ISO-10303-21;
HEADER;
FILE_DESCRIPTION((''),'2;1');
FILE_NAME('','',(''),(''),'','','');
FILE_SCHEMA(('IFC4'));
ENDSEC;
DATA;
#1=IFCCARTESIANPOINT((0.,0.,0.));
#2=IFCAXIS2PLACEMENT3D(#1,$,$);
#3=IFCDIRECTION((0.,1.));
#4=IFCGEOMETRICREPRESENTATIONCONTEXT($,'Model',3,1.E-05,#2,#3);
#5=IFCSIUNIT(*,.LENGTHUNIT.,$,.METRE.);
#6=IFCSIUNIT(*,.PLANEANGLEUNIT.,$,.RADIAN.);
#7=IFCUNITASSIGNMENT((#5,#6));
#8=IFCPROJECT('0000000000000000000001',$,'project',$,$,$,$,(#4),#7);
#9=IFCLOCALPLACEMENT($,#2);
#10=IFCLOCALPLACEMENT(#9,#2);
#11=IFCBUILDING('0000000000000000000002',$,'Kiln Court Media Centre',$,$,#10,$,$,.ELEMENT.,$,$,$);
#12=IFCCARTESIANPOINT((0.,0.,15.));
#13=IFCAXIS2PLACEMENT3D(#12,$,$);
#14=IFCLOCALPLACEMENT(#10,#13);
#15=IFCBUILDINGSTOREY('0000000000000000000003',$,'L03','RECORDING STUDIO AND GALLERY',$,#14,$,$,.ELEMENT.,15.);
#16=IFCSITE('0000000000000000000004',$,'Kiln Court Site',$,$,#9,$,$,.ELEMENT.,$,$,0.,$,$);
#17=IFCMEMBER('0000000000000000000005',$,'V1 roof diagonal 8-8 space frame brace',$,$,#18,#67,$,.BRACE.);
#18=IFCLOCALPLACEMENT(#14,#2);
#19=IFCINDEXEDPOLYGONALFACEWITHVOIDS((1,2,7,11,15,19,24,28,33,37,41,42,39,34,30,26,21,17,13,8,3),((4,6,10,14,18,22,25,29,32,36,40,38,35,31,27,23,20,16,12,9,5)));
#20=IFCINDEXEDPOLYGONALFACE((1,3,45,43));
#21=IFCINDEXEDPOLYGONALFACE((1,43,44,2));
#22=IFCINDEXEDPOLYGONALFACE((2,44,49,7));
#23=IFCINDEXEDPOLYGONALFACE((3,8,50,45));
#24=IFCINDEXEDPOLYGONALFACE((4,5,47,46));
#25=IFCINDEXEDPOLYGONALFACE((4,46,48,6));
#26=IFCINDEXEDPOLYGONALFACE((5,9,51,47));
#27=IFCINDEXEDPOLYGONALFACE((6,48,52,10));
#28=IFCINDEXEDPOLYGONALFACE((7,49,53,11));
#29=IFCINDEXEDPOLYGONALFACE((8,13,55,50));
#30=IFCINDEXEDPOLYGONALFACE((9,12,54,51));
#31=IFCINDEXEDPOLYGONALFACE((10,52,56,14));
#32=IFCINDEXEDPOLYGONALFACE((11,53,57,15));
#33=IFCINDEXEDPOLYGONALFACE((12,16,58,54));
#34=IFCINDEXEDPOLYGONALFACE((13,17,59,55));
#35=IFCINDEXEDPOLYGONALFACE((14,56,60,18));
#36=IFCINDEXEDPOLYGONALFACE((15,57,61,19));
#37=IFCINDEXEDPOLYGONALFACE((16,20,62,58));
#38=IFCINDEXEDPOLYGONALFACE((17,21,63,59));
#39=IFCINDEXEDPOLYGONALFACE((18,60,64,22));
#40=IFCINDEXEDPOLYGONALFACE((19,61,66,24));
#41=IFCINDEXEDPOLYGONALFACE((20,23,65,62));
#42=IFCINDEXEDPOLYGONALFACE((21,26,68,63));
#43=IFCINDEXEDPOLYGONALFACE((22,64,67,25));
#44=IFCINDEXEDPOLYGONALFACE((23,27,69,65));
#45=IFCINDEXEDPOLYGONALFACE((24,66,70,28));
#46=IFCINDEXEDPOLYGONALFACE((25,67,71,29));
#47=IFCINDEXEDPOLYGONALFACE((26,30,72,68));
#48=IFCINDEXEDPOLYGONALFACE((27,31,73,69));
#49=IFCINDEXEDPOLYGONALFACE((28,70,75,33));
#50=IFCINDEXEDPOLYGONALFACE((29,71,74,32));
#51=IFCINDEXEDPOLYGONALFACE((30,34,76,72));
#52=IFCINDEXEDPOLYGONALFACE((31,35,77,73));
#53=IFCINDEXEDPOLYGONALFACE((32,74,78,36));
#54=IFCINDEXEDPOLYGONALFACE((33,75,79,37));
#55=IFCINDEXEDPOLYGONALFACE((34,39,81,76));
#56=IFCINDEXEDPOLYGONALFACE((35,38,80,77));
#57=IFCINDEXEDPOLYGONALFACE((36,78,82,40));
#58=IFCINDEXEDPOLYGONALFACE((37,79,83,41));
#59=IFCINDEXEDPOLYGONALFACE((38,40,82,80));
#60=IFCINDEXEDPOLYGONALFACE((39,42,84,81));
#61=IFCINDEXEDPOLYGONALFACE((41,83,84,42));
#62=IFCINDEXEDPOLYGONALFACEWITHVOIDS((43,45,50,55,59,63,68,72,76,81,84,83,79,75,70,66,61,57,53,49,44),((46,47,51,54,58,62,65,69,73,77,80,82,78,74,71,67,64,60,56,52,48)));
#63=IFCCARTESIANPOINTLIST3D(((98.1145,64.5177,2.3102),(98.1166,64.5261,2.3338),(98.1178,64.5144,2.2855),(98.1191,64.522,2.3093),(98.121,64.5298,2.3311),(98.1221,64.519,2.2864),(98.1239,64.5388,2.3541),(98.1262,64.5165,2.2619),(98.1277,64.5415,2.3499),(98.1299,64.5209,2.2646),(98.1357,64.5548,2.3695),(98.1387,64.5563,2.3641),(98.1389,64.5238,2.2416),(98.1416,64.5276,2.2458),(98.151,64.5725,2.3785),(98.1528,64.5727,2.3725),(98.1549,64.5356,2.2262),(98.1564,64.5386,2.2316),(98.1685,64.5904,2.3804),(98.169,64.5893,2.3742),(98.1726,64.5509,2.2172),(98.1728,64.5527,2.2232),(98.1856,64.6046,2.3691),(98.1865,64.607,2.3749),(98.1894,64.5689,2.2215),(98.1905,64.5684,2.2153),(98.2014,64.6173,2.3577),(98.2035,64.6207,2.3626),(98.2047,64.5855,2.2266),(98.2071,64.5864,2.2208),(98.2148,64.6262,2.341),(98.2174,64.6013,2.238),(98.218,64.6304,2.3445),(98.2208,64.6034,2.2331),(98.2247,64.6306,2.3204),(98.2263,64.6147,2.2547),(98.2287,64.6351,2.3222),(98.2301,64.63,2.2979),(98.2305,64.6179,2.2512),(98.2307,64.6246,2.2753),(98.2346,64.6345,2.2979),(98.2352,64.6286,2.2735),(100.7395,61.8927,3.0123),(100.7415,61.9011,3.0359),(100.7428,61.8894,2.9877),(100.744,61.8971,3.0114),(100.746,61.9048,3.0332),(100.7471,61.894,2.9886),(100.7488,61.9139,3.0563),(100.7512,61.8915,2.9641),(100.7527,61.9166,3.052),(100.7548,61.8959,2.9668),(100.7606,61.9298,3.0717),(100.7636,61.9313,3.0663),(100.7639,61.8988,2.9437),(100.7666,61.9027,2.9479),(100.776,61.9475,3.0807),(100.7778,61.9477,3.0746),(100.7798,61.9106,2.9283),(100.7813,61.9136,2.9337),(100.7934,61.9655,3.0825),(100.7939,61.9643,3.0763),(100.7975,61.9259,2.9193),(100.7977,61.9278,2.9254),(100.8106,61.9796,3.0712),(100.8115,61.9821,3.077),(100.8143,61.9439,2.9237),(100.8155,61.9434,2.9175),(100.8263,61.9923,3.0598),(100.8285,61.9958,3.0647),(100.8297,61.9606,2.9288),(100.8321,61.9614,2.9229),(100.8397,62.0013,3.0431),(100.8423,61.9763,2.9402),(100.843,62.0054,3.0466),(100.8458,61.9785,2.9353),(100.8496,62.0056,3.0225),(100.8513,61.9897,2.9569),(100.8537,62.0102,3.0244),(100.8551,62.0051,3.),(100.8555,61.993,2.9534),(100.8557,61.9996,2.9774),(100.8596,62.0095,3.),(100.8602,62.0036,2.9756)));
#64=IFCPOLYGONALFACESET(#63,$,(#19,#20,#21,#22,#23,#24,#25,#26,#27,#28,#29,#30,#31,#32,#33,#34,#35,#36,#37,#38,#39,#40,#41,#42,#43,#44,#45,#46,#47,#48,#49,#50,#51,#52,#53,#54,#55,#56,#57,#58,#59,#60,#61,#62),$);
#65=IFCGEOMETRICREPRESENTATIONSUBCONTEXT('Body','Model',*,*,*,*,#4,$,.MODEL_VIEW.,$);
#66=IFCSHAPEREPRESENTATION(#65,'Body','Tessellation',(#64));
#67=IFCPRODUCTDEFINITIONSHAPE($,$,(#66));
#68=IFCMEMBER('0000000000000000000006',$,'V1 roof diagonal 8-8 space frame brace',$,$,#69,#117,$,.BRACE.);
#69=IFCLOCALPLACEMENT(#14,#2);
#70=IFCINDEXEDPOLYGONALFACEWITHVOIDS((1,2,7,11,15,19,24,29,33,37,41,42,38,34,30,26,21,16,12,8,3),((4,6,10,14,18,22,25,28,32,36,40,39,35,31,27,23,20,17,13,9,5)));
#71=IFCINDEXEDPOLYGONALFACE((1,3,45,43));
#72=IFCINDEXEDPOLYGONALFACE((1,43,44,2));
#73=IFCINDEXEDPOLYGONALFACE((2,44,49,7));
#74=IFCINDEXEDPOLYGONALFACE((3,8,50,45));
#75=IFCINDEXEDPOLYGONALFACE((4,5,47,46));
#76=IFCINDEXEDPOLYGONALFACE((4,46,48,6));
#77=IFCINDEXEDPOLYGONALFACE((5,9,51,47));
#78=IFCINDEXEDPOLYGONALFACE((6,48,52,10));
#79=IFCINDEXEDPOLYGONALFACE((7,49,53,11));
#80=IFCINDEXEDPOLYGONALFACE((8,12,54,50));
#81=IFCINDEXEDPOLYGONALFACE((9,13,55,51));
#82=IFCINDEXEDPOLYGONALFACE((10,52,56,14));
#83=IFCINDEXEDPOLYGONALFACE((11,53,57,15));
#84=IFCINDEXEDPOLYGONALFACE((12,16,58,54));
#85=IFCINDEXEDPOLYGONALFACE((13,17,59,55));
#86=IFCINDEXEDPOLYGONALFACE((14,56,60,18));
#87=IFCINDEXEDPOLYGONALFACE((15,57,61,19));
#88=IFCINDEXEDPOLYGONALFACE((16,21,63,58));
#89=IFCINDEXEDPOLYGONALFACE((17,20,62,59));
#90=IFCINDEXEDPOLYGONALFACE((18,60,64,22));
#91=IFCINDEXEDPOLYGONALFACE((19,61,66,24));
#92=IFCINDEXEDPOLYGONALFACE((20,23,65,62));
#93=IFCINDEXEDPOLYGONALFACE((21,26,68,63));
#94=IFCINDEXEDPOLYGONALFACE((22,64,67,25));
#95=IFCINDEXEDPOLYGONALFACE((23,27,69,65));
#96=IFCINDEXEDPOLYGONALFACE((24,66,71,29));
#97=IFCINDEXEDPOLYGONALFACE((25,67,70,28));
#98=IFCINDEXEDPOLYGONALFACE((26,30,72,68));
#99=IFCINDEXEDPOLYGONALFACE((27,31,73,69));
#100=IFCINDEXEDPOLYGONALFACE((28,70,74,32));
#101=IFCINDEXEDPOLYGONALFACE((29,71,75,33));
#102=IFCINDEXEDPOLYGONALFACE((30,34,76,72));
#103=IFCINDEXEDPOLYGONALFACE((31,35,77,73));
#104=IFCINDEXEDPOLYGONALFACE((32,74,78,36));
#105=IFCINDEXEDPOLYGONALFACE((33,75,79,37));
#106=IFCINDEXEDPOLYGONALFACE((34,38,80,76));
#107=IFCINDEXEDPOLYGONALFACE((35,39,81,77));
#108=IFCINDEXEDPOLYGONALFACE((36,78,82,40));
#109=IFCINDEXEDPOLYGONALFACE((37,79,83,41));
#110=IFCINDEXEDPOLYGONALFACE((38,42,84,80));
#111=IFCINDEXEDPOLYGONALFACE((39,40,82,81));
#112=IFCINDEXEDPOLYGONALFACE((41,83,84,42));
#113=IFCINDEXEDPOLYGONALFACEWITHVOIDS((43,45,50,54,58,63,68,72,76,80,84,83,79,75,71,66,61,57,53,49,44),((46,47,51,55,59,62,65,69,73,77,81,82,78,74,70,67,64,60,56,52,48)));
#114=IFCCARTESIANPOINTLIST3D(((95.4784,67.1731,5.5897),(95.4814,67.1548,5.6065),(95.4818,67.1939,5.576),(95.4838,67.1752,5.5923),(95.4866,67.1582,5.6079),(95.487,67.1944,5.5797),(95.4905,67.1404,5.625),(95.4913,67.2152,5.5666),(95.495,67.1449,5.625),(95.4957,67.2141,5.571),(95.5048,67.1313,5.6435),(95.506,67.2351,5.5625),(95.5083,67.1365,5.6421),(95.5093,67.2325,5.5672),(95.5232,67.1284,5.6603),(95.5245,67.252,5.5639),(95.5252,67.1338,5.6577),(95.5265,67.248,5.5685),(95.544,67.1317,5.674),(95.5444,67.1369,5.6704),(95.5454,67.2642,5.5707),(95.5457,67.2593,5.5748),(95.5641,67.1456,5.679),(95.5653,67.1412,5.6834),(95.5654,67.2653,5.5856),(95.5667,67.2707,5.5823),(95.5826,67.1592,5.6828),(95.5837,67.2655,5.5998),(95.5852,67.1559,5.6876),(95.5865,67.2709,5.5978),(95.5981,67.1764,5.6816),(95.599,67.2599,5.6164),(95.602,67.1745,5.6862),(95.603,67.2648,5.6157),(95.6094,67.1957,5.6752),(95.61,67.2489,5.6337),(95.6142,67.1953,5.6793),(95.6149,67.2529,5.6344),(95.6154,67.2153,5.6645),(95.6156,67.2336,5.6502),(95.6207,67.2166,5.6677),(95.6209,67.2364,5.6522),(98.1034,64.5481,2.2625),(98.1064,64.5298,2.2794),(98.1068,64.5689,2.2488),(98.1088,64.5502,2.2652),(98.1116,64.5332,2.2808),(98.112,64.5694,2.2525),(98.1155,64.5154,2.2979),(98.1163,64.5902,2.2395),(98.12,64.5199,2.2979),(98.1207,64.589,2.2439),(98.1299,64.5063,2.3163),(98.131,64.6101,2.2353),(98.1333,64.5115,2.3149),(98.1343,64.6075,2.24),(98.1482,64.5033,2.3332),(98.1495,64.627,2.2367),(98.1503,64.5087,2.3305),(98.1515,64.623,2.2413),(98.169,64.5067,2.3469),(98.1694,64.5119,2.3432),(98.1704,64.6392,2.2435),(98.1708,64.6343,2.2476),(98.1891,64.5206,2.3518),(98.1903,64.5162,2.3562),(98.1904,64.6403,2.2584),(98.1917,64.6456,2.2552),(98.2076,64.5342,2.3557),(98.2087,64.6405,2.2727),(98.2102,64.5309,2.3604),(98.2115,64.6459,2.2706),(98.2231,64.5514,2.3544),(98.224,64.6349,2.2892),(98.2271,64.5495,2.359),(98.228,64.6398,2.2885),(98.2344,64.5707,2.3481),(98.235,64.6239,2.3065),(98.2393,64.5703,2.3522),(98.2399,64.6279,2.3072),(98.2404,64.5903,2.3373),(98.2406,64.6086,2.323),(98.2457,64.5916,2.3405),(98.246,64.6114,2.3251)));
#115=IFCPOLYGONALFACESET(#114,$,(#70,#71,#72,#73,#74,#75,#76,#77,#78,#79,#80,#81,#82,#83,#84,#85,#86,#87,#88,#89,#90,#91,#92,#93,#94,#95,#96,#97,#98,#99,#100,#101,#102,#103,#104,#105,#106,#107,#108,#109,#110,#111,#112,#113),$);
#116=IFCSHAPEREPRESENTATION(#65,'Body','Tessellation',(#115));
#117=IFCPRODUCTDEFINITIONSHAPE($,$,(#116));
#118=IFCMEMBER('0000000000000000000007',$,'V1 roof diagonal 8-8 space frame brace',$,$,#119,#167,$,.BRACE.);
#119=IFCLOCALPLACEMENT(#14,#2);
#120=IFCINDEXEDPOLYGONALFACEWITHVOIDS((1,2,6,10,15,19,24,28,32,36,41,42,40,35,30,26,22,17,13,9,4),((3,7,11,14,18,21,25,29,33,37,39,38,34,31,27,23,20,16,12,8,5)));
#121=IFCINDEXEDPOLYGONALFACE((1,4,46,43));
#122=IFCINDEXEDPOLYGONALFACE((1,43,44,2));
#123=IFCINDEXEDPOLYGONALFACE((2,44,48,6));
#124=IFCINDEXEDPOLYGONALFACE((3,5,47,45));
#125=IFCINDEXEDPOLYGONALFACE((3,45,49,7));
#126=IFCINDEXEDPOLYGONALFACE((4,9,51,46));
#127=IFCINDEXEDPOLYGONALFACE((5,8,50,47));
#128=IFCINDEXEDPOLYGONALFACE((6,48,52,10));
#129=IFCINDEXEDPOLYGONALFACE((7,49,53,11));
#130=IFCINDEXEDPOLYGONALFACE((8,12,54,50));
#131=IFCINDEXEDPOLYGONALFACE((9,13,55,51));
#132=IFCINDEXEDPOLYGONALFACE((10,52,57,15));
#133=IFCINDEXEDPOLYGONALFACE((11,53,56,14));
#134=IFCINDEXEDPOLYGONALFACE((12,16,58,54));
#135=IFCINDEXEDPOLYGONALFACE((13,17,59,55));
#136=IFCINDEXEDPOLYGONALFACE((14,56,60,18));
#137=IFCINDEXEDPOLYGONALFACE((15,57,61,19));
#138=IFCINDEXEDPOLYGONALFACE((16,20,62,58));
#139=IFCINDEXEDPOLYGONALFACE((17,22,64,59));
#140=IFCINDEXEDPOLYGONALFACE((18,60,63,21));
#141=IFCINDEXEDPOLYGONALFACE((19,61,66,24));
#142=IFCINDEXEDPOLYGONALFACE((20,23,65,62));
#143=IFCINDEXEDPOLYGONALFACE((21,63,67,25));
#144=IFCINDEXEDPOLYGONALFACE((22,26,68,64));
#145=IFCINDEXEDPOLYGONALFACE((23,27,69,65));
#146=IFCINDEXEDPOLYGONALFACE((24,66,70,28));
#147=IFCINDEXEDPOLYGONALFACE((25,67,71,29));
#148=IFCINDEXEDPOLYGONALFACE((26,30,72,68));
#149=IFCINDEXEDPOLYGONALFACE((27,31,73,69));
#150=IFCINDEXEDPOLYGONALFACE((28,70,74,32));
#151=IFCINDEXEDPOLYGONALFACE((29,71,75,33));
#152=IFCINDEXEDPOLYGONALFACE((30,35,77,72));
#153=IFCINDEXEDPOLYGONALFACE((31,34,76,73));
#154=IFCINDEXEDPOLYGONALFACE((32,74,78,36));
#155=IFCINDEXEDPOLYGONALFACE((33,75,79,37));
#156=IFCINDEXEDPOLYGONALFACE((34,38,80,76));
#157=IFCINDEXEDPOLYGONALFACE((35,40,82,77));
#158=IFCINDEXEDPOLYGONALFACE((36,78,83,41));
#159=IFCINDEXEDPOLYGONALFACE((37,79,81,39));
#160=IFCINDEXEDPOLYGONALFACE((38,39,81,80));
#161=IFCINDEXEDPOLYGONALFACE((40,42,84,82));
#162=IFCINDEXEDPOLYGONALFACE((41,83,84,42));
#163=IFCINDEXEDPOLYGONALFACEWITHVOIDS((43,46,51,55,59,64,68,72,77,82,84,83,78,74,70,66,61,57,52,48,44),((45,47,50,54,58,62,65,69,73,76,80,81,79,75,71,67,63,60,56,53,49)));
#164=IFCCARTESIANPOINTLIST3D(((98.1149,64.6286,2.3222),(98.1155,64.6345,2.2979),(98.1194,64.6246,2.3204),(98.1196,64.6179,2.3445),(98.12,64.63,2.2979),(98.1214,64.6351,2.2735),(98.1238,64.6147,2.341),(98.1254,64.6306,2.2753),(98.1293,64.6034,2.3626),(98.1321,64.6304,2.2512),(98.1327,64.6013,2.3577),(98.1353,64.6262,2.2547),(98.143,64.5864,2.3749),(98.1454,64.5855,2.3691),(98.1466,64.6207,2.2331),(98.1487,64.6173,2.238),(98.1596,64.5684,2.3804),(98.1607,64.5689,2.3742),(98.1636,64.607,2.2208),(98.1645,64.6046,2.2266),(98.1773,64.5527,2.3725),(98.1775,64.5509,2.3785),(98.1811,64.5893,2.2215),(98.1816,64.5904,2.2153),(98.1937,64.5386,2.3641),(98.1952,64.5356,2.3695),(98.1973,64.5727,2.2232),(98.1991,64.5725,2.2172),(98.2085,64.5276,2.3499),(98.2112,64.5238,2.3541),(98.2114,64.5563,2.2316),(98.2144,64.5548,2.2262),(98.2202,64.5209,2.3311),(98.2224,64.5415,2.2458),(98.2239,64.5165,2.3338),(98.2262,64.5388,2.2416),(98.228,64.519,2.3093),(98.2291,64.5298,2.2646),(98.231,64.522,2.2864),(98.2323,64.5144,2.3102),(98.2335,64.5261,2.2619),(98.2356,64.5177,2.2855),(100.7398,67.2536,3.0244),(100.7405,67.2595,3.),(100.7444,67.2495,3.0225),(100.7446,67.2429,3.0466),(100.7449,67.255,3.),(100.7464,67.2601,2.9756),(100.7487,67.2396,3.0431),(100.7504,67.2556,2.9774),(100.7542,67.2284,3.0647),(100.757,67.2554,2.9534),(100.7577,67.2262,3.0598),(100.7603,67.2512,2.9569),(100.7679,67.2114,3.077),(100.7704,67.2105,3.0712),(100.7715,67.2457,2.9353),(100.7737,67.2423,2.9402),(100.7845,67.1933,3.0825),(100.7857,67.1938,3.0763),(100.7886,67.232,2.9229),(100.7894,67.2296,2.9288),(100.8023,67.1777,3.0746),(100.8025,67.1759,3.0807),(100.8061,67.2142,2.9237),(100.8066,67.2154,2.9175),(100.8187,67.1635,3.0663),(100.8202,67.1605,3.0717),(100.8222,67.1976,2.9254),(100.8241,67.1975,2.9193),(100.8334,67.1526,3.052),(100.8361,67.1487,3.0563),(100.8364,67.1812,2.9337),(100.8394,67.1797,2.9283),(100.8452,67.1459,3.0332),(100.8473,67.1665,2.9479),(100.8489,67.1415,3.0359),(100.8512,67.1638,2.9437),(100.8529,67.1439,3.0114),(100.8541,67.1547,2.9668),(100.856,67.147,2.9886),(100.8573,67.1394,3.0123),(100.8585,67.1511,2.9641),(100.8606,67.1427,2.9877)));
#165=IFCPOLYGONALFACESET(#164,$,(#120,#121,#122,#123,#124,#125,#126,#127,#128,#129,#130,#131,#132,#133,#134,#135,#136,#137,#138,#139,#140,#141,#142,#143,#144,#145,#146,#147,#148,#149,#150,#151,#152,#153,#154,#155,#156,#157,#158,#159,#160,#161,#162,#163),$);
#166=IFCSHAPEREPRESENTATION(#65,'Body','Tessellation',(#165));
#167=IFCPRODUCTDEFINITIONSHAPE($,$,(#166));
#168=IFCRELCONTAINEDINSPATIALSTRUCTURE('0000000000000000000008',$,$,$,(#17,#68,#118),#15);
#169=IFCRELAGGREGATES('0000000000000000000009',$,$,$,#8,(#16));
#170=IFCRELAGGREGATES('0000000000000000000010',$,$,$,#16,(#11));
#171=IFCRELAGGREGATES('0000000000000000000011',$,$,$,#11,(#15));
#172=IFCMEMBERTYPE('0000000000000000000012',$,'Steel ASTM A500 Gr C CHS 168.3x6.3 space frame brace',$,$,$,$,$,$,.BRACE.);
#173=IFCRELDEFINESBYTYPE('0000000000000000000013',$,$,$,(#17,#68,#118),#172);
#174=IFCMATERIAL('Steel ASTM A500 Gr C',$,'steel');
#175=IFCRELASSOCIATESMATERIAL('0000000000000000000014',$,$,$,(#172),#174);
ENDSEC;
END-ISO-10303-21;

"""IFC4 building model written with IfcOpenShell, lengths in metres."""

from ifc_helpers import new_model, si_unit, direction, frame, origin, origin_2d, place, context, subcontext, project, spatial, hollow_circle, extrude, material, material_profile, profile_set, type_object, element, save


model = new_model("IFC4")

# Units and contexts
model_context = context("Model", 3, precision=1e-05, world=origin(), true_north=direction((0.0, 1.0)))
body_context = subcontext(model_context, "Body", "Model", "MODEL_VIEW")
ifc_project = project(units=[si_unit("LENGTHUNIT", "METRE"), si_unit("PLANEANGLEUNIT", "RADIAN")], contexts=[model_context])

# Site, building, storey
site_placement = place(None, origin())
site = spatial("IfcSite", under=ifc_project, at=site_placement, Name="Kiln Court Site", CompositionType="ELEMENT", RefElevation=0.0)
building_placement = place(site_placement, origin())
building = spatial("IfcBuilding", under=site, at=building_placement, Name="Kiln Court Media Centre", CompositionType="ELEMENT")
storey_placement = place(building_placement, frame((0.0, 0.0, 15.0)))
storey = spatial("IfcBuildingStorey", under=building, at=storey_placement, Name="L03", Description="RECORDING STUDIO AND GALLERY", CompositionType="ELEMENT", Elevation=15.0)

# Members
ifc_material_1 = material(Name="Steel ASTM A500 Gr C", Category="steel")
ifc_material_profile_1 = material_profile(ifc_material_1, hollow_circle(Radius=0.0842, WallThickness=0.0063, at=origin_2d()), Name="CHS 168.3x6.3")
ifc_profile_set_1 = profile_set([ifc_material_profile_1], Name="Steel ASTM A500 Gr C")
member_type_1 = type_object("IfcMemberType", Name="Steel ASTM A500 Gr C CHS 168.3x6.3 space frame brace", PredefinedType="BRACE", material=ifc_profile_set_1)
member_1_placement = place(storey_placement, frame((98.175, 64.575, 2.2979), z_axis=(0.694788, -0.694788, 0.185846), x_axis=(0.707107, 0.707107, 0.0)))
element("IfcMember", 1, at=member_1_placement, inside=storey, type_object=member_type_1, Name="V1 roof diagonal 8-8 space frame brace", PredefinedType="BRACE", context=body_context, shape_type="SweptSolid", body=[
    extrude(hollow_circle(Radius=0.0842, WallThickness=0.0063, at=origin_2d()), origin(), (0.0, 0.0, 1.0), 3.7781),
])
member_2_placement = place(storey_placement, frame((98.175, 64.575, 2.2979), z_axis=(-0.52657, 0.52657, 0.667419), x_axis=(-0.707107, -0.707107, 0.0)))
element("IfcMember", 2, at=member_2_placement, inside=storey, type_object=member_type_1, Name="V1 roof diagonal 8-8 space frame brace", PredefinedType="BRACE", context=body_context, shape_type="SweptSolid", body=[
    extrude(hollow_circle(Radius=0.0842, WallThickness=0.0063, at=origin_2d()), origin(), (0.0, 0.0, 1.0), 4.9851),
])
member_3_placement = place(storey_placement, frame((98.175, 64.575, 2.2979), z_axis=(0.694788, 0.694788, 0.185846), x_axis=(-0.707107, 0.707107, 0.0)))
element("IfcMember", 3, at=member_3_placement, inside=storey, type_object=member_type_1, Name="V1 roof diagonal 8-8 space frame brace", PredefinedType="BRACE", context=body_context, shape_type="SweptSolid", body=[
    extrude(hollow_circle(Radius=0.0842, WallThickness=0.0063, at=origin_2d()), origin(), (0.0, 0.0, 1.0), 3.7781),
])

save(model, "model.ifc")
